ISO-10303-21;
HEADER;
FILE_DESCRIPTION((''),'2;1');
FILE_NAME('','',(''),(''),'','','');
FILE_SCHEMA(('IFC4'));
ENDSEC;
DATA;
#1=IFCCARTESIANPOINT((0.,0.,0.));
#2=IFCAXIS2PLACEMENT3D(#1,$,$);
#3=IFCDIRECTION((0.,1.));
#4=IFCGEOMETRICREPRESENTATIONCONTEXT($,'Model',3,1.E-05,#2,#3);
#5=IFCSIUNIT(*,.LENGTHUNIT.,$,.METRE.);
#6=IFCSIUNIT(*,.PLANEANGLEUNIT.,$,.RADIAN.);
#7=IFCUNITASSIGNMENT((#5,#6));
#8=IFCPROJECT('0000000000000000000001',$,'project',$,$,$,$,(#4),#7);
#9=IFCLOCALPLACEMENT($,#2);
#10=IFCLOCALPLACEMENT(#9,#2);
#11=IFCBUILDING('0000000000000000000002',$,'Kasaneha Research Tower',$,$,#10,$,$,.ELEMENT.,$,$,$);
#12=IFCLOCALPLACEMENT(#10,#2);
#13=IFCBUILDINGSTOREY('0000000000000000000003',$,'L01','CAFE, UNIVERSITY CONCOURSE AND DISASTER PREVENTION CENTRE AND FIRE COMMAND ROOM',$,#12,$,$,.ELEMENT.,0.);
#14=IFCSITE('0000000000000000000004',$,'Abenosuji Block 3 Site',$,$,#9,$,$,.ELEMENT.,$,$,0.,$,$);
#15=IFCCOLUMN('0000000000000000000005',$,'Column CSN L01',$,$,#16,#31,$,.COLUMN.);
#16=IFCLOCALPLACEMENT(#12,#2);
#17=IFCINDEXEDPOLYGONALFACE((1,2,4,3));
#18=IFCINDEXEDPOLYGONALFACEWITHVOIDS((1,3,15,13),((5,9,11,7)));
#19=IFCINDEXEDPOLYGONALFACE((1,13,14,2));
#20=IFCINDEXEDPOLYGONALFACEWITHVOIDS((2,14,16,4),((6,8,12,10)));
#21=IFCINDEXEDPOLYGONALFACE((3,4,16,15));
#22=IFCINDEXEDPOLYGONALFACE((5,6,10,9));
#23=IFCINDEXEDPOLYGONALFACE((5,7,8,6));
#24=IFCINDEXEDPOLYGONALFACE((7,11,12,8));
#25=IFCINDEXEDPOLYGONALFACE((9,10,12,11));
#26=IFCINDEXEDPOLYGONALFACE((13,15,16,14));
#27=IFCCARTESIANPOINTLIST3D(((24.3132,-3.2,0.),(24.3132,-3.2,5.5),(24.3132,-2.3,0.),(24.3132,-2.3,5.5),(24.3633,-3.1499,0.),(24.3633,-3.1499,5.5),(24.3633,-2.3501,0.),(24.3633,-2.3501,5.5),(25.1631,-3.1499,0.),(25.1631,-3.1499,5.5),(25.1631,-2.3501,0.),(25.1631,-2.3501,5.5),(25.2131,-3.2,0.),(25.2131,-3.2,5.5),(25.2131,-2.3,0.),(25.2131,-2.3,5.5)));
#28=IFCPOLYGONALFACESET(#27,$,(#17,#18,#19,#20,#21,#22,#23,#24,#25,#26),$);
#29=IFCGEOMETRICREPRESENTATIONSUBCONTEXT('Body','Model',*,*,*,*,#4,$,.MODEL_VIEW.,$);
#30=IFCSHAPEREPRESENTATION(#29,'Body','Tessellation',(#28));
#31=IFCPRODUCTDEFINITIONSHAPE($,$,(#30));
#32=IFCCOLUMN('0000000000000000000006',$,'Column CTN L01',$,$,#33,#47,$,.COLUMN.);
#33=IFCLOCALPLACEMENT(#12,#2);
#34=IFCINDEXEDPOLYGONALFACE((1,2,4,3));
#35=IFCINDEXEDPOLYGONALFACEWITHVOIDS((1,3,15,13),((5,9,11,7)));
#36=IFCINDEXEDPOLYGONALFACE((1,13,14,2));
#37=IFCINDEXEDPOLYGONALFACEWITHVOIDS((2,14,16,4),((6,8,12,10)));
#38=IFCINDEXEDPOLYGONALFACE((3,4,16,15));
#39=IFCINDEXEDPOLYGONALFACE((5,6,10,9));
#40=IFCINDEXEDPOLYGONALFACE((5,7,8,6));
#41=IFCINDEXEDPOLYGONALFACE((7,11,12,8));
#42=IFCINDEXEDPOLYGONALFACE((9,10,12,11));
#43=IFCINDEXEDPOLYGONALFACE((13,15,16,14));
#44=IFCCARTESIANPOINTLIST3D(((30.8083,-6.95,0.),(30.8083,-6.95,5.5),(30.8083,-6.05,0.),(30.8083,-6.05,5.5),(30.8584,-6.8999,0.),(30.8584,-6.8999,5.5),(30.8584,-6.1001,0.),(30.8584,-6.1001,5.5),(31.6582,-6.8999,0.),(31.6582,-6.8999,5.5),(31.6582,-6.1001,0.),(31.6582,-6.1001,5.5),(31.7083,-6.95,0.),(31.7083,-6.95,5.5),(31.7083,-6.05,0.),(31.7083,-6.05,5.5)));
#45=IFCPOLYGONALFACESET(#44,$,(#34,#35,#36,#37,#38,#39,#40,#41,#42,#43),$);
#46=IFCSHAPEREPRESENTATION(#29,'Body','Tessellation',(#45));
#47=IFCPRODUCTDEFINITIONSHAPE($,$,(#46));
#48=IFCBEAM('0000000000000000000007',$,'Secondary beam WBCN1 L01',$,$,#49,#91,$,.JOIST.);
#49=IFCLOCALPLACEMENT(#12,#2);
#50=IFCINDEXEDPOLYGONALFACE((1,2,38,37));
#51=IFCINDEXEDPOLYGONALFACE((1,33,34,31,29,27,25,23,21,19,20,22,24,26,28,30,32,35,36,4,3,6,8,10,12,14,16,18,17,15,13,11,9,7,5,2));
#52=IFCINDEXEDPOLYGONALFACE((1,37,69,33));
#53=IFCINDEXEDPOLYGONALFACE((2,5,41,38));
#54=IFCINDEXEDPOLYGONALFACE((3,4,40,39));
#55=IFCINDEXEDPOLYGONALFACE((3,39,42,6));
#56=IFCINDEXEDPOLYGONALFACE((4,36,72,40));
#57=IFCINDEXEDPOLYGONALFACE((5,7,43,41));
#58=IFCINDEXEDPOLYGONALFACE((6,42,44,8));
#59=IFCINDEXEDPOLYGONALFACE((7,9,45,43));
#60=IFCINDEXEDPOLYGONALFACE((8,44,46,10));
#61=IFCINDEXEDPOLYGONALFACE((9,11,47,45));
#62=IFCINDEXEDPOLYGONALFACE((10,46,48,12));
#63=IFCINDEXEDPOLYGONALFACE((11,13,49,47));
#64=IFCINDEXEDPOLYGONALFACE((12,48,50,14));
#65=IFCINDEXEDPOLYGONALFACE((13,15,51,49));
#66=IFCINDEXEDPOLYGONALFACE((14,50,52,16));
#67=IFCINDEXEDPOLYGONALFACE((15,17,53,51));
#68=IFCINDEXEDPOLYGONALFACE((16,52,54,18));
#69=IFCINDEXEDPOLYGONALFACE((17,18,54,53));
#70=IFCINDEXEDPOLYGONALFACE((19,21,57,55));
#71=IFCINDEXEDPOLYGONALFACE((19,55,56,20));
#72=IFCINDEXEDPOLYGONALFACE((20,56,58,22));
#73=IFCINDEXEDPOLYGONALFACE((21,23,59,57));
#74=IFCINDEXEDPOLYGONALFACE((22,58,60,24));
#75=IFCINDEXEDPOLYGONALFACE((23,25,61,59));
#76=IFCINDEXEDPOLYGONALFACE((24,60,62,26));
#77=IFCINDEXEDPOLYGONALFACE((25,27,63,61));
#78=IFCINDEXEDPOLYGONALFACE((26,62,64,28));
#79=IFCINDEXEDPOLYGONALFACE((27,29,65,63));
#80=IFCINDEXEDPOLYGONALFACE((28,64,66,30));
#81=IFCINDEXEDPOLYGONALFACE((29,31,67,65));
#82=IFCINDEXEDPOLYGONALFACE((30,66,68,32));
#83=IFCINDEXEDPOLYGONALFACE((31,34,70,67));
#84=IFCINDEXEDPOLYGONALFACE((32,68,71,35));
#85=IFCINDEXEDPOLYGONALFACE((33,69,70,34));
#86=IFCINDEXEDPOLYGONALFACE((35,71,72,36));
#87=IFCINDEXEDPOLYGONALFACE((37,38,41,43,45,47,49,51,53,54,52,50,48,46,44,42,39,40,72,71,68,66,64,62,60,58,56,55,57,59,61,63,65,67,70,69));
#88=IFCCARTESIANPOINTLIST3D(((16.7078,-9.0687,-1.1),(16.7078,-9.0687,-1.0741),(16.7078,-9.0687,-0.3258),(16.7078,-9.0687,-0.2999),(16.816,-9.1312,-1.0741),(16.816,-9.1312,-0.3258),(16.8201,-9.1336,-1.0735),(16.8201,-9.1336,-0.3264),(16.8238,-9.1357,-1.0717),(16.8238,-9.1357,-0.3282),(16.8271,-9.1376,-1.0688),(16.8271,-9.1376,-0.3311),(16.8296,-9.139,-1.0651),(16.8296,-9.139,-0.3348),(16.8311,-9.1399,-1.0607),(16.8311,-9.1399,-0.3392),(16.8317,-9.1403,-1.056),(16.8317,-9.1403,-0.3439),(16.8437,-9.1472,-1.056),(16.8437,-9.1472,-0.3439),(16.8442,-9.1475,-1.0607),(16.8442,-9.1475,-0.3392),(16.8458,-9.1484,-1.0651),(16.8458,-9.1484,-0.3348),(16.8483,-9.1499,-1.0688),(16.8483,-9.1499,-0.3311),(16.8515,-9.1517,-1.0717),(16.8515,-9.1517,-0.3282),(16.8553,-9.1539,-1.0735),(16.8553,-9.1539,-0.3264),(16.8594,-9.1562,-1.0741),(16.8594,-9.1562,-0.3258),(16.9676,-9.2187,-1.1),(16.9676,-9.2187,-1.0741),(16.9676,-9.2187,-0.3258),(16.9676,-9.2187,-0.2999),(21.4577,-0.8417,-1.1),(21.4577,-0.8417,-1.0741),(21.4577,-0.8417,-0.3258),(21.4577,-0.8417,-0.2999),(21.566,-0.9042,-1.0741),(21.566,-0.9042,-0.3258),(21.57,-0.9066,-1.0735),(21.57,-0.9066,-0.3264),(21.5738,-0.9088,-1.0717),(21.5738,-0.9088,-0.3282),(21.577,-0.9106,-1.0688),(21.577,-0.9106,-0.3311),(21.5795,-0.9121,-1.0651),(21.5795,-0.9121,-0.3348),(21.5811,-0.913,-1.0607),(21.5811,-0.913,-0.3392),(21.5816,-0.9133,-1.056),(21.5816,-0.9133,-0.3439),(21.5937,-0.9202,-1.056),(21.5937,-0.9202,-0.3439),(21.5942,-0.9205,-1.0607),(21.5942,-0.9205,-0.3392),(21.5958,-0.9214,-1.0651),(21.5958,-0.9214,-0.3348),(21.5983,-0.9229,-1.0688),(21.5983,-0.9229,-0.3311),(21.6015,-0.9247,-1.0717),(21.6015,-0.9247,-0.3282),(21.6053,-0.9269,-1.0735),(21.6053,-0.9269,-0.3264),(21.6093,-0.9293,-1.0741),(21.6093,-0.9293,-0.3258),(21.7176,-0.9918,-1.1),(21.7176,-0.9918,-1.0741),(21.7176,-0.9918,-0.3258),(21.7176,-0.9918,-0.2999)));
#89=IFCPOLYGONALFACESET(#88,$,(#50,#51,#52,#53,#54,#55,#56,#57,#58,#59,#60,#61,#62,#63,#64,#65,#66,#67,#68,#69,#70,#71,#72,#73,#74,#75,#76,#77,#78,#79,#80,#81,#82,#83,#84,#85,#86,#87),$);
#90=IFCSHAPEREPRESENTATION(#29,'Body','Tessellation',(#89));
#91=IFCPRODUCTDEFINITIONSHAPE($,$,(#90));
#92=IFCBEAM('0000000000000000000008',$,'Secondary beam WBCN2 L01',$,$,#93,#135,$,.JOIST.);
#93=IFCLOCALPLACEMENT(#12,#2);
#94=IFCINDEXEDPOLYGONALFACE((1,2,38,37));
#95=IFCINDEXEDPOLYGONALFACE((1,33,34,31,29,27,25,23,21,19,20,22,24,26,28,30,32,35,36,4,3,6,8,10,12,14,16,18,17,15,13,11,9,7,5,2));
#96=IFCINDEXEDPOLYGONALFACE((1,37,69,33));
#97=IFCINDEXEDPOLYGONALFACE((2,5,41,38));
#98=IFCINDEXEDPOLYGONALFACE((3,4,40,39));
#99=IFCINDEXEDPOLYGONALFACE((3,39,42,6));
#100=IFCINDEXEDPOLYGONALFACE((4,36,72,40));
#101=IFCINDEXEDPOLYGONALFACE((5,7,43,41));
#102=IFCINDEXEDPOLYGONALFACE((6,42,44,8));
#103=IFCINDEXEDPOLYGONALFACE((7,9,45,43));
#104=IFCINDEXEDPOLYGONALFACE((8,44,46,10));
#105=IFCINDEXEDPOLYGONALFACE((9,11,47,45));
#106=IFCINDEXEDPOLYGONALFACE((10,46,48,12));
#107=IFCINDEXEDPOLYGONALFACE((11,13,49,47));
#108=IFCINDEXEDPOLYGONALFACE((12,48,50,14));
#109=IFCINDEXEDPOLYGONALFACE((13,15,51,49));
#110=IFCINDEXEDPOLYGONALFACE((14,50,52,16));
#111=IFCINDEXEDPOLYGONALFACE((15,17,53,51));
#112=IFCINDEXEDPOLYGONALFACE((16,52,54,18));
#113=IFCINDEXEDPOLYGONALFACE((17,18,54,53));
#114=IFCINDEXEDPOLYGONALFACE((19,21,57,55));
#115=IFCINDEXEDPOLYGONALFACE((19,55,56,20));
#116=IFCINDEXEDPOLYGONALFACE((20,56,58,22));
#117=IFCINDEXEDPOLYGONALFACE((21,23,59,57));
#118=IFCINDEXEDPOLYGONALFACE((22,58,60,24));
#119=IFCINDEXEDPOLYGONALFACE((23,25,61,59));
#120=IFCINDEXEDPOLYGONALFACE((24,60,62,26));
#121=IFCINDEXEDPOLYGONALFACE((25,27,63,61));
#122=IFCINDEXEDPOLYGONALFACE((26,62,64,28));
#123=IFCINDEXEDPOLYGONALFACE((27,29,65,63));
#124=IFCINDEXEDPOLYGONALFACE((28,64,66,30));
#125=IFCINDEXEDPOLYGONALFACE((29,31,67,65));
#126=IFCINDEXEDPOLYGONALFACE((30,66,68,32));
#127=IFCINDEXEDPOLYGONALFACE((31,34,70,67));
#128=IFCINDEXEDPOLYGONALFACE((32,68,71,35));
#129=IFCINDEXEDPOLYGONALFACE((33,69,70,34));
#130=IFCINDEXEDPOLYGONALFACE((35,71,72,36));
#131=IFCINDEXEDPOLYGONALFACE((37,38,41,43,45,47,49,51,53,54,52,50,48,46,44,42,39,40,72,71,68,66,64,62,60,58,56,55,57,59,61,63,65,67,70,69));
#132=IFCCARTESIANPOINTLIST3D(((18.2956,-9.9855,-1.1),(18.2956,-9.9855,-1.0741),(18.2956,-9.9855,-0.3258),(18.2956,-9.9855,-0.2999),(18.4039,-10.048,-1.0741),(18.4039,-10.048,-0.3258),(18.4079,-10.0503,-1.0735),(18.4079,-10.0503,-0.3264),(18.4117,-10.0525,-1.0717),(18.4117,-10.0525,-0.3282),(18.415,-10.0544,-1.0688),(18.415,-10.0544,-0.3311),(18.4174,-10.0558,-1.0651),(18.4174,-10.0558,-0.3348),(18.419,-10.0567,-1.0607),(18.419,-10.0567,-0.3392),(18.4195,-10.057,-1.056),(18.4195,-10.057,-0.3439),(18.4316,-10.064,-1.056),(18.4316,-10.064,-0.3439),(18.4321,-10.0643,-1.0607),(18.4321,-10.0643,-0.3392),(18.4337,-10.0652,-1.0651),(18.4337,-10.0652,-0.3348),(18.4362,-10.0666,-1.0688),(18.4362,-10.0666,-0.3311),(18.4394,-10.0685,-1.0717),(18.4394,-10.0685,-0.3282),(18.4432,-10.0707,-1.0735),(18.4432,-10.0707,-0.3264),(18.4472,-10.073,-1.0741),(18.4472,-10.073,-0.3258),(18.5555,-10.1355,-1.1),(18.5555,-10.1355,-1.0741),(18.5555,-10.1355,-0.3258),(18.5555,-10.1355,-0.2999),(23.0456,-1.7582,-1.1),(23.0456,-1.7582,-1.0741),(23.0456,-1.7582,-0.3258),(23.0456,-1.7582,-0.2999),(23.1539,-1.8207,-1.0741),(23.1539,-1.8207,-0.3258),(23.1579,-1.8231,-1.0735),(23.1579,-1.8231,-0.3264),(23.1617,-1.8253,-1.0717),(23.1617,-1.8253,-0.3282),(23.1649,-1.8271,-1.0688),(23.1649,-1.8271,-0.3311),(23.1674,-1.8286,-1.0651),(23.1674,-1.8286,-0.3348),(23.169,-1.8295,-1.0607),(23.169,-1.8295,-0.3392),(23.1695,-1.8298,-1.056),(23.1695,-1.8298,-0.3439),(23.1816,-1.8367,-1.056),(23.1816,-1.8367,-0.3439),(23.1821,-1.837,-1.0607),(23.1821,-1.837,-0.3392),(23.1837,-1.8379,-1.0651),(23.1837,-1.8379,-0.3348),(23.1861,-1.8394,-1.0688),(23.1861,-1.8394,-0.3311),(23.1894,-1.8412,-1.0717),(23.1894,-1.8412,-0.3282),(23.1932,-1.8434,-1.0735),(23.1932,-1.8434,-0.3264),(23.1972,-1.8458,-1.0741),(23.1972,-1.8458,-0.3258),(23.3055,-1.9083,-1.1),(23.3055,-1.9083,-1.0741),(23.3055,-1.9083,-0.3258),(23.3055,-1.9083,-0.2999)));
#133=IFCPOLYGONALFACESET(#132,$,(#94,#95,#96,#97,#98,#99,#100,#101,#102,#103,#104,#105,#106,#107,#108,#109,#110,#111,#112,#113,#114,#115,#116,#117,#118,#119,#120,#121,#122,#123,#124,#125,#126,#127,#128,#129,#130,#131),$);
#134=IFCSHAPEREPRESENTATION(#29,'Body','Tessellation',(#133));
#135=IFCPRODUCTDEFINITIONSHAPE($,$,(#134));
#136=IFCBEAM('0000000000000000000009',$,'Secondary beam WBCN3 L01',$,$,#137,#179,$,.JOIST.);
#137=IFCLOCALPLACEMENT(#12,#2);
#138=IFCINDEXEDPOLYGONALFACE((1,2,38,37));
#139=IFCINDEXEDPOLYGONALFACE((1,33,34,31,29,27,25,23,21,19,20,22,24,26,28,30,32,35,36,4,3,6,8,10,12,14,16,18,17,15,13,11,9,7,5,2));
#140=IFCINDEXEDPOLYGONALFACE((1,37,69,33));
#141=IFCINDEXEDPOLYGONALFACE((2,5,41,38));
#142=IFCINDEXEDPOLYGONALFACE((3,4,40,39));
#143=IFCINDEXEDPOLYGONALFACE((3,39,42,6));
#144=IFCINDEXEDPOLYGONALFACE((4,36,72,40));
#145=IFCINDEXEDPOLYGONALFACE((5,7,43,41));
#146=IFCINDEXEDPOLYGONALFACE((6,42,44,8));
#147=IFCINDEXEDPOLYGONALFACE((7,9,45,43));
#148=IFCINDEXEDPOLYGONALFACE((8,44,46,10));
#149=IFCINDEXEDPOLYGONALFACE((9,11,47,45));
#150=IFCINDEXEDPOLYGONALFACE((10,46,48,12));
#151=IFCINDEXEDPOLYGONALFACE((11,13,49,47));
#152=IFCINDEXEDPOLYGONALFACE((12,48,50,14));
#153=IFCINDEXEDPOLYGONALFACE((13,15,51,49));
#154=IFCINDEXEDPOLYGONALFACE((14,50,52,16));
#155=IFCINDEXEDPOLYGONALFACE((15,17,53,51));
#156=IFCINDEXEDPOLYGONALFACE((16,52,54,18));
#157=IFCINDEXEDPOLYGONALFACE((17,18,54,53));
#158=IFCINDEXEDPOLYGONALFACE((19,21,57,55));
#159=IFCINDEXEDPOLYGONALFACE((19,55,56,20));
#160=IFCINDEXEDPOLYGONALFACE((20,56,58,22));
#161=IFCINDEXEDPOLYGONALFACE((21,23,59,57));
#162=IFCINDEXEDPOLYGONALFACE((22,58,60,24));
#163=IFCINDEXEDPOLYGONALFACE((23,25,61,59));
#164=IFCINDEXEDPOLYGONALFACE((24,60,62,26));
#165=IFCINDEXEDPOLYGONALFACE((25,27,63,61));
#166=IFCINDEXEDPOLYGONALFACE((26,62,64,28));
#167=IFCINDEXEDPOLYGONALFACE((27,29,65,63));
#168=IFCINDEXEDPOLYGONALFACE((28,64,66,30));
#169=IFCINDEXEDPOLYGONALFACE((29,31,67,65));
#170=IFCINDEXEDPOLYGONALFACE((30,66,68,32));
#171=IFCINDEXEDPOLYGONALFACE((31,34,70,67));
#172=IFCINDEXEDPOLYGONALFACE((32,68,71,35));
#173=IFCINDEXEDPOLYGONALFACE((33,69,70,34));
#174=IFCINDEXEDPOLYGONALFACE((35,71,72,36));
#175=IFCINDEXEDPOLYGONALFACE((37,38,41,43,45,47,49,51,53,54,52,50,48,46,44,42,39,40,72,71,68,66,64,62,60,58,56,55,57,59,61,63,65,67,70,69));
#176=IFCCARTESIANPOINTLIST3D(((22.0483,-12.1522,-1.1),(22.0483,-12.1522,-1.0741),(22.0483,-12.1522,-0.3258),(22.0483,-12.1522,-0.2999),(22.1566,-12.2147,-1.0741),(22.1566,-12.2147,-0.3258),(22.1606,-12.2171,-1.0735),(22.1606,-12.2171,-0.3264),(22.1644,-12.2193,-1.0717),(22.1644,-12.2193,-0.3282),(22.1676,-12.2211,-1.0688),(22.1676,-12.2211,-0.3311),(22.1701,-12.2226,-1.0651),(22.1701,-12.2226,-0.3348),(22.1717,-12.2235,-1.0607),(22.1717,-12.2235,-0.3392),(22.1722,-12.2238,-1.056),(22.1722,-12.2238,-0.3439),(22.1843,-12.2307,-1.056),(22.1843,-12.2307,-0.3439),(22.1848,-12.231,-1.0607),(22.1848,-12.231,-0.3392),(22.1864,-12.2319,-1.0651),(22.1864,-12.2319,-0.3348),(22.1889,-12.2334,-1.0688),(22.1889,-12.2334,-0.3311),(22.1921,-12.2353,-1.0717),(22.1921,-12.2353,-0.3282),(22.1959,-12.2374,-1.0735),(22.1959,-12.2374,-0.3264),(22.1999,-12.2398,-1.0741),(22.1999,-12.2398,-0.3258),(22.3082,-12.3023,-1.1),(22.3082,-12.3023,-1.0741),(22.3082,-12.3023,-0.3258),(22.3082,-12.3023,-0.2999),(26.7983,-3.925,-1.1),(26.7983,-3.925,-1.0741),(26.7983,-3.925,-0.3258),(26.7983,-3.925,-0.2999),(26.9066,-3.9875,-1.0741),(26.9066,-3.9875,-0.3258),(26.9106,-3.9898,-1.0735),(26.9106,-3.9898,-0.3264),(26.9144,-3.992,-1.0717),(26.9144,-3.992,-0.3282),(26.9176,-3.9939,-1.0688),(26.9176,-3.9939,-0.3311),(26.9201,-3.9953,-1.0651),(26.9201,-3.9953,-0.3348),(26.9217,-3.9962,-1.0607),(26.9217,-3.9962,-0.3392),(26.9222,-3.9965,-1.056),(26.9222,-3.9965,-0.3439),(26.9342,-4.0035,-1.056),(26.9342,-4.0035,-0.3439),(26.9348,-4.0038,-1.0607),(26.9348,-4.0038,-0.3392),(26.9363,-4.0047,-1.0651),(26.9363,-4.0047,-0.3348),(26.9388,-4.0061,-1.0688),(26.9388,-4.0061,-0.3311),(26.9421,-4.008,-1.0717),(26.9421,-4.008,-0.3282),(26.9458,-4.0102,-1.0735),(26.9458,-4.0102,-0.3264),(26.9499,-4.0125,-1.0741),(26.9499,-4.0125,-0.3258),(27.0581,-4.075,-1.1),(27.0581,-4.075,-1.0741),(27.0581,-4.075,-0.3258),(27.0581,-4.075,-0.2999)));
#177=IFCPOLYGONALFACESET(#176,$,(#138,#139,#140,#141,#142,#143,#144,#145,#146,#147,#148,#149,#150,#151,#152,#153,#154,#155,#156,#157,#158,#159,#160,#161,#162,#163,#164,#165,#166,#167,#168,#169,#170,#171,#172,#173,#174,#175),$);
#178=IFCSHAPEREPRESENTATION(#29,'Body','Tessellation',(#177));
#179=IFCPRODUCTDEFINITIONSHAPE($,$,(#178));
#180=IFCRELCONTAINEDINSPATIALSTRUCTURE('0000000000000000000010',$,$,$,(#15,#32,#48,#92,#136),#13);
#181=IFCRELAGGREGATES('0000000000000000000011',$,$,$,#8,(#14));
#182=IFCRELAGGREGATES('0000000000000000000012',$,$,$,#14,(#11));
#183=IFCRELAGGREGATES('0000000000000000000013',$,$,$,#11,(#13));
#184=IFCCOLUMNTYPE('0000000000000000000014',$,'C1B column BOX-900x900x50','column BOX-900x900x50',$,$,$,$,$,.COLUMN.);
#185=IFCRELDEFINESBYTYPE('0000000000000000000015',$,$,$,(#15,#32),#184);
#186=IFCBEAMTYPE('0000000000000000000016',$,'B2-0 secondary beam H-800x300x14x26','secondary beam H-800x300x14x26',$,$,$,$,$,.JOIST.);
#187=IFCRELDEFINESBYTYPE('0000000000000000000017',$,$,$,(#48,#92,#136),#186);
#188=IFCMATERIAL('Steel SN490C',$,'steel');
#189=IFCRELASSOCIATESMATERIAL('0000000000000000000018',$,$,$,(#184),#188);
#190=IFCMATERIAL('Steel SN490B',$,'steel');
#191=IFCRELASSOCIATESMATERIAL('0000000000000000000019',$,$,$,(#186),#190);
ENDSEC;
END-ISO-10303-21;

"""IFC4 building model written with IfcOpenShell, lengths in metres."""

from ifc_helpers import new_model, si_unit, direction, frame, origin, origin_2d, place, context, subcontext, project, spatial, hollow_rectangle, i_section, extrude, material, material_profile, profile_set, type_object, element, save


model = new_model("IFC4")

# Units and contexts
model_context = context("Model", 3, precision=1e-05, world=origin(), true_north=direction((0.0, 1.0)))
body_context = subcontext(model_context, "Body", "Model", "MODEL_VIEW")
ifc_project = project(units=[si_unit("LENGTHUNIT", "METRE"), si_unit("PLANEANGLEUNIT", "RADIAN")], contexts=[model_context])

# Site, building, storey
site_placement = place(None, origin())
site = spatial("IfcSite", under=ifc_project, at=site_placement, Name="Abenosuji Block 3 Site", CompositionType="ELEMENT", RefElevation=0.0)
building_placement = place(site_placement, origin())
building = spatial("IfcBuilding", under=site, at=building_placement, Name="Kasaneha Research Tower", CompositionType="ELEMENT")
storey_placement = place(building_placement, origin())
storey = spatial("IfcBuildingStorey", under=building, at=storey_placement, Name="L01", Description="CAFE, UNIVERSITY CONCOURSE AND DISASTER PREVENTION CENTRE AND FIRE COMMAND ROOM", CompositionType="ELEMENT", Elevation=0.0)

# Columns
ifc_material_1 = material(Name="Steel SN490C", Category="steel")
ifc_material_profile_1 = material_profile(ifc_material_1, hollow_rectangle(XDim=0.8999, YDim=0.8999, WallThickness=0.05, at=origin_2d()), Name="BOX-900x900x50")
ifc_profile_set_1 = profile_set([ifc_material_profile_1], Name="Steel SN490C")
column_type = type_object("IfcColumnType", Name="C1B column BOX-900x900x50", Description="column BOX-900x900x50", PredefinedType="COLUMN", material=ifc_profile_set_1)
for number, where, z_axis, x_axis, name in (
    (1, (24.7632, -2.75, 0.0), (0.0, 0.0, 1.0), (1.0, 0.0, 0.0), "Column CSN L01"),
    (2, (31.2583, -6.5, 0.0), (0.0, 0.0, 1.0), (1.0, 0.0, 0.0), "Column CTN L01"),
):
    element("IfcColumn", number, at=place(storey_placement, frame(where, z_axis=z_axis, x_axis=x_axis)), inside=storey, type_object=column_type, Name=name, PredefinedType="COLUMN", context=body_context, shape_type="SweptSolid", body=[
        extrude(hollow_rectangle(XDim=0.8999, YDim=0.8999, WallThickness=0.05, at=origin_2d()), origin(), (0.0, 0.0, 1.0), 5.5),
    ])

# Beams
ifc_material_2 = material(Name="Steel SN490B", Category="steel")
ifc_material_profile_2 = material_profile(ifc_material_2, i_section(OverallWidth=0.3, OverallDepth=0.8, WebThickness=0.0139, FlangeThickness=0.0259, FilletRadius=0.0181, at=origin_2d()), Name="H-800x300x14x26")
ifc_profile_set_2 = profile_set([ifc_material_profile_2], Name="Steel SN490B")
beam_type_1 = type_object("IfcBeamType", Name="B2-0 secondary beam H-800x300x14x26", Description="secondary beam H-800x300x14x26", PredefinedType="JOIST", material=ifc_profile_set_2)
beam_1_placement = place(storey_placement, frame((21.5876, -0.9167, -0.7), z_axis=(-0.500009, -0.86602, 0.0), x_axis=(0.86602, -0.500009, 0.0)))
element("IfcBeam", 3, at=beam_1_placement, inside=storey, type_object=beam_type_1, Name="Secondary beam WBCN1 L01", PredefinedType="JOIST", context=body_context, shape_type="SweptSolid", body=[
    extrude(i_section(OverallWidth=0.3, OverallDepth=0.8, WebThickness=0.0139, FlangeThickness=0.0259, FilletRadius=0.0181, at=origin_2d()), origin(), (0.0, 0.0, 1.0), 9.4998),
])
for number, where, z_axis, x_axis, name in (
    (4, (23.1755, -1.8333, -0.7), (-0.499998, -0.866027, 0.0), (0.866027, -0.499998, 0.0), "Secondary beam WBCN2 L01"),
    (5, (26.9282, -4.0, -0.7), (-0.499998, -0.866027, 0.0), (0.866027, -0.499998, 0.0), "Secondary beam WBCN3 L01"),
):
    element("IfcBeam", number, at=place(storey_placement, frame(where, z_axis=z_axis, x_axis=x_axis)), inside=storey, type_object=beam_type_1, Name=name, PredefinedType="JOIST", context=body_context, shape_type="SweptSolid", body=[
        extrude(i_section(OverallWidth=0.3, OverallDepth=0.8, WebThickness=0.0139, FlangeThickness=0.0259, FilletRadius=0.0181, at=origin_2d()), origin(), (0.0, 0.0, 1.0), 9.5),
    ])

save(model, "model.ifc")
